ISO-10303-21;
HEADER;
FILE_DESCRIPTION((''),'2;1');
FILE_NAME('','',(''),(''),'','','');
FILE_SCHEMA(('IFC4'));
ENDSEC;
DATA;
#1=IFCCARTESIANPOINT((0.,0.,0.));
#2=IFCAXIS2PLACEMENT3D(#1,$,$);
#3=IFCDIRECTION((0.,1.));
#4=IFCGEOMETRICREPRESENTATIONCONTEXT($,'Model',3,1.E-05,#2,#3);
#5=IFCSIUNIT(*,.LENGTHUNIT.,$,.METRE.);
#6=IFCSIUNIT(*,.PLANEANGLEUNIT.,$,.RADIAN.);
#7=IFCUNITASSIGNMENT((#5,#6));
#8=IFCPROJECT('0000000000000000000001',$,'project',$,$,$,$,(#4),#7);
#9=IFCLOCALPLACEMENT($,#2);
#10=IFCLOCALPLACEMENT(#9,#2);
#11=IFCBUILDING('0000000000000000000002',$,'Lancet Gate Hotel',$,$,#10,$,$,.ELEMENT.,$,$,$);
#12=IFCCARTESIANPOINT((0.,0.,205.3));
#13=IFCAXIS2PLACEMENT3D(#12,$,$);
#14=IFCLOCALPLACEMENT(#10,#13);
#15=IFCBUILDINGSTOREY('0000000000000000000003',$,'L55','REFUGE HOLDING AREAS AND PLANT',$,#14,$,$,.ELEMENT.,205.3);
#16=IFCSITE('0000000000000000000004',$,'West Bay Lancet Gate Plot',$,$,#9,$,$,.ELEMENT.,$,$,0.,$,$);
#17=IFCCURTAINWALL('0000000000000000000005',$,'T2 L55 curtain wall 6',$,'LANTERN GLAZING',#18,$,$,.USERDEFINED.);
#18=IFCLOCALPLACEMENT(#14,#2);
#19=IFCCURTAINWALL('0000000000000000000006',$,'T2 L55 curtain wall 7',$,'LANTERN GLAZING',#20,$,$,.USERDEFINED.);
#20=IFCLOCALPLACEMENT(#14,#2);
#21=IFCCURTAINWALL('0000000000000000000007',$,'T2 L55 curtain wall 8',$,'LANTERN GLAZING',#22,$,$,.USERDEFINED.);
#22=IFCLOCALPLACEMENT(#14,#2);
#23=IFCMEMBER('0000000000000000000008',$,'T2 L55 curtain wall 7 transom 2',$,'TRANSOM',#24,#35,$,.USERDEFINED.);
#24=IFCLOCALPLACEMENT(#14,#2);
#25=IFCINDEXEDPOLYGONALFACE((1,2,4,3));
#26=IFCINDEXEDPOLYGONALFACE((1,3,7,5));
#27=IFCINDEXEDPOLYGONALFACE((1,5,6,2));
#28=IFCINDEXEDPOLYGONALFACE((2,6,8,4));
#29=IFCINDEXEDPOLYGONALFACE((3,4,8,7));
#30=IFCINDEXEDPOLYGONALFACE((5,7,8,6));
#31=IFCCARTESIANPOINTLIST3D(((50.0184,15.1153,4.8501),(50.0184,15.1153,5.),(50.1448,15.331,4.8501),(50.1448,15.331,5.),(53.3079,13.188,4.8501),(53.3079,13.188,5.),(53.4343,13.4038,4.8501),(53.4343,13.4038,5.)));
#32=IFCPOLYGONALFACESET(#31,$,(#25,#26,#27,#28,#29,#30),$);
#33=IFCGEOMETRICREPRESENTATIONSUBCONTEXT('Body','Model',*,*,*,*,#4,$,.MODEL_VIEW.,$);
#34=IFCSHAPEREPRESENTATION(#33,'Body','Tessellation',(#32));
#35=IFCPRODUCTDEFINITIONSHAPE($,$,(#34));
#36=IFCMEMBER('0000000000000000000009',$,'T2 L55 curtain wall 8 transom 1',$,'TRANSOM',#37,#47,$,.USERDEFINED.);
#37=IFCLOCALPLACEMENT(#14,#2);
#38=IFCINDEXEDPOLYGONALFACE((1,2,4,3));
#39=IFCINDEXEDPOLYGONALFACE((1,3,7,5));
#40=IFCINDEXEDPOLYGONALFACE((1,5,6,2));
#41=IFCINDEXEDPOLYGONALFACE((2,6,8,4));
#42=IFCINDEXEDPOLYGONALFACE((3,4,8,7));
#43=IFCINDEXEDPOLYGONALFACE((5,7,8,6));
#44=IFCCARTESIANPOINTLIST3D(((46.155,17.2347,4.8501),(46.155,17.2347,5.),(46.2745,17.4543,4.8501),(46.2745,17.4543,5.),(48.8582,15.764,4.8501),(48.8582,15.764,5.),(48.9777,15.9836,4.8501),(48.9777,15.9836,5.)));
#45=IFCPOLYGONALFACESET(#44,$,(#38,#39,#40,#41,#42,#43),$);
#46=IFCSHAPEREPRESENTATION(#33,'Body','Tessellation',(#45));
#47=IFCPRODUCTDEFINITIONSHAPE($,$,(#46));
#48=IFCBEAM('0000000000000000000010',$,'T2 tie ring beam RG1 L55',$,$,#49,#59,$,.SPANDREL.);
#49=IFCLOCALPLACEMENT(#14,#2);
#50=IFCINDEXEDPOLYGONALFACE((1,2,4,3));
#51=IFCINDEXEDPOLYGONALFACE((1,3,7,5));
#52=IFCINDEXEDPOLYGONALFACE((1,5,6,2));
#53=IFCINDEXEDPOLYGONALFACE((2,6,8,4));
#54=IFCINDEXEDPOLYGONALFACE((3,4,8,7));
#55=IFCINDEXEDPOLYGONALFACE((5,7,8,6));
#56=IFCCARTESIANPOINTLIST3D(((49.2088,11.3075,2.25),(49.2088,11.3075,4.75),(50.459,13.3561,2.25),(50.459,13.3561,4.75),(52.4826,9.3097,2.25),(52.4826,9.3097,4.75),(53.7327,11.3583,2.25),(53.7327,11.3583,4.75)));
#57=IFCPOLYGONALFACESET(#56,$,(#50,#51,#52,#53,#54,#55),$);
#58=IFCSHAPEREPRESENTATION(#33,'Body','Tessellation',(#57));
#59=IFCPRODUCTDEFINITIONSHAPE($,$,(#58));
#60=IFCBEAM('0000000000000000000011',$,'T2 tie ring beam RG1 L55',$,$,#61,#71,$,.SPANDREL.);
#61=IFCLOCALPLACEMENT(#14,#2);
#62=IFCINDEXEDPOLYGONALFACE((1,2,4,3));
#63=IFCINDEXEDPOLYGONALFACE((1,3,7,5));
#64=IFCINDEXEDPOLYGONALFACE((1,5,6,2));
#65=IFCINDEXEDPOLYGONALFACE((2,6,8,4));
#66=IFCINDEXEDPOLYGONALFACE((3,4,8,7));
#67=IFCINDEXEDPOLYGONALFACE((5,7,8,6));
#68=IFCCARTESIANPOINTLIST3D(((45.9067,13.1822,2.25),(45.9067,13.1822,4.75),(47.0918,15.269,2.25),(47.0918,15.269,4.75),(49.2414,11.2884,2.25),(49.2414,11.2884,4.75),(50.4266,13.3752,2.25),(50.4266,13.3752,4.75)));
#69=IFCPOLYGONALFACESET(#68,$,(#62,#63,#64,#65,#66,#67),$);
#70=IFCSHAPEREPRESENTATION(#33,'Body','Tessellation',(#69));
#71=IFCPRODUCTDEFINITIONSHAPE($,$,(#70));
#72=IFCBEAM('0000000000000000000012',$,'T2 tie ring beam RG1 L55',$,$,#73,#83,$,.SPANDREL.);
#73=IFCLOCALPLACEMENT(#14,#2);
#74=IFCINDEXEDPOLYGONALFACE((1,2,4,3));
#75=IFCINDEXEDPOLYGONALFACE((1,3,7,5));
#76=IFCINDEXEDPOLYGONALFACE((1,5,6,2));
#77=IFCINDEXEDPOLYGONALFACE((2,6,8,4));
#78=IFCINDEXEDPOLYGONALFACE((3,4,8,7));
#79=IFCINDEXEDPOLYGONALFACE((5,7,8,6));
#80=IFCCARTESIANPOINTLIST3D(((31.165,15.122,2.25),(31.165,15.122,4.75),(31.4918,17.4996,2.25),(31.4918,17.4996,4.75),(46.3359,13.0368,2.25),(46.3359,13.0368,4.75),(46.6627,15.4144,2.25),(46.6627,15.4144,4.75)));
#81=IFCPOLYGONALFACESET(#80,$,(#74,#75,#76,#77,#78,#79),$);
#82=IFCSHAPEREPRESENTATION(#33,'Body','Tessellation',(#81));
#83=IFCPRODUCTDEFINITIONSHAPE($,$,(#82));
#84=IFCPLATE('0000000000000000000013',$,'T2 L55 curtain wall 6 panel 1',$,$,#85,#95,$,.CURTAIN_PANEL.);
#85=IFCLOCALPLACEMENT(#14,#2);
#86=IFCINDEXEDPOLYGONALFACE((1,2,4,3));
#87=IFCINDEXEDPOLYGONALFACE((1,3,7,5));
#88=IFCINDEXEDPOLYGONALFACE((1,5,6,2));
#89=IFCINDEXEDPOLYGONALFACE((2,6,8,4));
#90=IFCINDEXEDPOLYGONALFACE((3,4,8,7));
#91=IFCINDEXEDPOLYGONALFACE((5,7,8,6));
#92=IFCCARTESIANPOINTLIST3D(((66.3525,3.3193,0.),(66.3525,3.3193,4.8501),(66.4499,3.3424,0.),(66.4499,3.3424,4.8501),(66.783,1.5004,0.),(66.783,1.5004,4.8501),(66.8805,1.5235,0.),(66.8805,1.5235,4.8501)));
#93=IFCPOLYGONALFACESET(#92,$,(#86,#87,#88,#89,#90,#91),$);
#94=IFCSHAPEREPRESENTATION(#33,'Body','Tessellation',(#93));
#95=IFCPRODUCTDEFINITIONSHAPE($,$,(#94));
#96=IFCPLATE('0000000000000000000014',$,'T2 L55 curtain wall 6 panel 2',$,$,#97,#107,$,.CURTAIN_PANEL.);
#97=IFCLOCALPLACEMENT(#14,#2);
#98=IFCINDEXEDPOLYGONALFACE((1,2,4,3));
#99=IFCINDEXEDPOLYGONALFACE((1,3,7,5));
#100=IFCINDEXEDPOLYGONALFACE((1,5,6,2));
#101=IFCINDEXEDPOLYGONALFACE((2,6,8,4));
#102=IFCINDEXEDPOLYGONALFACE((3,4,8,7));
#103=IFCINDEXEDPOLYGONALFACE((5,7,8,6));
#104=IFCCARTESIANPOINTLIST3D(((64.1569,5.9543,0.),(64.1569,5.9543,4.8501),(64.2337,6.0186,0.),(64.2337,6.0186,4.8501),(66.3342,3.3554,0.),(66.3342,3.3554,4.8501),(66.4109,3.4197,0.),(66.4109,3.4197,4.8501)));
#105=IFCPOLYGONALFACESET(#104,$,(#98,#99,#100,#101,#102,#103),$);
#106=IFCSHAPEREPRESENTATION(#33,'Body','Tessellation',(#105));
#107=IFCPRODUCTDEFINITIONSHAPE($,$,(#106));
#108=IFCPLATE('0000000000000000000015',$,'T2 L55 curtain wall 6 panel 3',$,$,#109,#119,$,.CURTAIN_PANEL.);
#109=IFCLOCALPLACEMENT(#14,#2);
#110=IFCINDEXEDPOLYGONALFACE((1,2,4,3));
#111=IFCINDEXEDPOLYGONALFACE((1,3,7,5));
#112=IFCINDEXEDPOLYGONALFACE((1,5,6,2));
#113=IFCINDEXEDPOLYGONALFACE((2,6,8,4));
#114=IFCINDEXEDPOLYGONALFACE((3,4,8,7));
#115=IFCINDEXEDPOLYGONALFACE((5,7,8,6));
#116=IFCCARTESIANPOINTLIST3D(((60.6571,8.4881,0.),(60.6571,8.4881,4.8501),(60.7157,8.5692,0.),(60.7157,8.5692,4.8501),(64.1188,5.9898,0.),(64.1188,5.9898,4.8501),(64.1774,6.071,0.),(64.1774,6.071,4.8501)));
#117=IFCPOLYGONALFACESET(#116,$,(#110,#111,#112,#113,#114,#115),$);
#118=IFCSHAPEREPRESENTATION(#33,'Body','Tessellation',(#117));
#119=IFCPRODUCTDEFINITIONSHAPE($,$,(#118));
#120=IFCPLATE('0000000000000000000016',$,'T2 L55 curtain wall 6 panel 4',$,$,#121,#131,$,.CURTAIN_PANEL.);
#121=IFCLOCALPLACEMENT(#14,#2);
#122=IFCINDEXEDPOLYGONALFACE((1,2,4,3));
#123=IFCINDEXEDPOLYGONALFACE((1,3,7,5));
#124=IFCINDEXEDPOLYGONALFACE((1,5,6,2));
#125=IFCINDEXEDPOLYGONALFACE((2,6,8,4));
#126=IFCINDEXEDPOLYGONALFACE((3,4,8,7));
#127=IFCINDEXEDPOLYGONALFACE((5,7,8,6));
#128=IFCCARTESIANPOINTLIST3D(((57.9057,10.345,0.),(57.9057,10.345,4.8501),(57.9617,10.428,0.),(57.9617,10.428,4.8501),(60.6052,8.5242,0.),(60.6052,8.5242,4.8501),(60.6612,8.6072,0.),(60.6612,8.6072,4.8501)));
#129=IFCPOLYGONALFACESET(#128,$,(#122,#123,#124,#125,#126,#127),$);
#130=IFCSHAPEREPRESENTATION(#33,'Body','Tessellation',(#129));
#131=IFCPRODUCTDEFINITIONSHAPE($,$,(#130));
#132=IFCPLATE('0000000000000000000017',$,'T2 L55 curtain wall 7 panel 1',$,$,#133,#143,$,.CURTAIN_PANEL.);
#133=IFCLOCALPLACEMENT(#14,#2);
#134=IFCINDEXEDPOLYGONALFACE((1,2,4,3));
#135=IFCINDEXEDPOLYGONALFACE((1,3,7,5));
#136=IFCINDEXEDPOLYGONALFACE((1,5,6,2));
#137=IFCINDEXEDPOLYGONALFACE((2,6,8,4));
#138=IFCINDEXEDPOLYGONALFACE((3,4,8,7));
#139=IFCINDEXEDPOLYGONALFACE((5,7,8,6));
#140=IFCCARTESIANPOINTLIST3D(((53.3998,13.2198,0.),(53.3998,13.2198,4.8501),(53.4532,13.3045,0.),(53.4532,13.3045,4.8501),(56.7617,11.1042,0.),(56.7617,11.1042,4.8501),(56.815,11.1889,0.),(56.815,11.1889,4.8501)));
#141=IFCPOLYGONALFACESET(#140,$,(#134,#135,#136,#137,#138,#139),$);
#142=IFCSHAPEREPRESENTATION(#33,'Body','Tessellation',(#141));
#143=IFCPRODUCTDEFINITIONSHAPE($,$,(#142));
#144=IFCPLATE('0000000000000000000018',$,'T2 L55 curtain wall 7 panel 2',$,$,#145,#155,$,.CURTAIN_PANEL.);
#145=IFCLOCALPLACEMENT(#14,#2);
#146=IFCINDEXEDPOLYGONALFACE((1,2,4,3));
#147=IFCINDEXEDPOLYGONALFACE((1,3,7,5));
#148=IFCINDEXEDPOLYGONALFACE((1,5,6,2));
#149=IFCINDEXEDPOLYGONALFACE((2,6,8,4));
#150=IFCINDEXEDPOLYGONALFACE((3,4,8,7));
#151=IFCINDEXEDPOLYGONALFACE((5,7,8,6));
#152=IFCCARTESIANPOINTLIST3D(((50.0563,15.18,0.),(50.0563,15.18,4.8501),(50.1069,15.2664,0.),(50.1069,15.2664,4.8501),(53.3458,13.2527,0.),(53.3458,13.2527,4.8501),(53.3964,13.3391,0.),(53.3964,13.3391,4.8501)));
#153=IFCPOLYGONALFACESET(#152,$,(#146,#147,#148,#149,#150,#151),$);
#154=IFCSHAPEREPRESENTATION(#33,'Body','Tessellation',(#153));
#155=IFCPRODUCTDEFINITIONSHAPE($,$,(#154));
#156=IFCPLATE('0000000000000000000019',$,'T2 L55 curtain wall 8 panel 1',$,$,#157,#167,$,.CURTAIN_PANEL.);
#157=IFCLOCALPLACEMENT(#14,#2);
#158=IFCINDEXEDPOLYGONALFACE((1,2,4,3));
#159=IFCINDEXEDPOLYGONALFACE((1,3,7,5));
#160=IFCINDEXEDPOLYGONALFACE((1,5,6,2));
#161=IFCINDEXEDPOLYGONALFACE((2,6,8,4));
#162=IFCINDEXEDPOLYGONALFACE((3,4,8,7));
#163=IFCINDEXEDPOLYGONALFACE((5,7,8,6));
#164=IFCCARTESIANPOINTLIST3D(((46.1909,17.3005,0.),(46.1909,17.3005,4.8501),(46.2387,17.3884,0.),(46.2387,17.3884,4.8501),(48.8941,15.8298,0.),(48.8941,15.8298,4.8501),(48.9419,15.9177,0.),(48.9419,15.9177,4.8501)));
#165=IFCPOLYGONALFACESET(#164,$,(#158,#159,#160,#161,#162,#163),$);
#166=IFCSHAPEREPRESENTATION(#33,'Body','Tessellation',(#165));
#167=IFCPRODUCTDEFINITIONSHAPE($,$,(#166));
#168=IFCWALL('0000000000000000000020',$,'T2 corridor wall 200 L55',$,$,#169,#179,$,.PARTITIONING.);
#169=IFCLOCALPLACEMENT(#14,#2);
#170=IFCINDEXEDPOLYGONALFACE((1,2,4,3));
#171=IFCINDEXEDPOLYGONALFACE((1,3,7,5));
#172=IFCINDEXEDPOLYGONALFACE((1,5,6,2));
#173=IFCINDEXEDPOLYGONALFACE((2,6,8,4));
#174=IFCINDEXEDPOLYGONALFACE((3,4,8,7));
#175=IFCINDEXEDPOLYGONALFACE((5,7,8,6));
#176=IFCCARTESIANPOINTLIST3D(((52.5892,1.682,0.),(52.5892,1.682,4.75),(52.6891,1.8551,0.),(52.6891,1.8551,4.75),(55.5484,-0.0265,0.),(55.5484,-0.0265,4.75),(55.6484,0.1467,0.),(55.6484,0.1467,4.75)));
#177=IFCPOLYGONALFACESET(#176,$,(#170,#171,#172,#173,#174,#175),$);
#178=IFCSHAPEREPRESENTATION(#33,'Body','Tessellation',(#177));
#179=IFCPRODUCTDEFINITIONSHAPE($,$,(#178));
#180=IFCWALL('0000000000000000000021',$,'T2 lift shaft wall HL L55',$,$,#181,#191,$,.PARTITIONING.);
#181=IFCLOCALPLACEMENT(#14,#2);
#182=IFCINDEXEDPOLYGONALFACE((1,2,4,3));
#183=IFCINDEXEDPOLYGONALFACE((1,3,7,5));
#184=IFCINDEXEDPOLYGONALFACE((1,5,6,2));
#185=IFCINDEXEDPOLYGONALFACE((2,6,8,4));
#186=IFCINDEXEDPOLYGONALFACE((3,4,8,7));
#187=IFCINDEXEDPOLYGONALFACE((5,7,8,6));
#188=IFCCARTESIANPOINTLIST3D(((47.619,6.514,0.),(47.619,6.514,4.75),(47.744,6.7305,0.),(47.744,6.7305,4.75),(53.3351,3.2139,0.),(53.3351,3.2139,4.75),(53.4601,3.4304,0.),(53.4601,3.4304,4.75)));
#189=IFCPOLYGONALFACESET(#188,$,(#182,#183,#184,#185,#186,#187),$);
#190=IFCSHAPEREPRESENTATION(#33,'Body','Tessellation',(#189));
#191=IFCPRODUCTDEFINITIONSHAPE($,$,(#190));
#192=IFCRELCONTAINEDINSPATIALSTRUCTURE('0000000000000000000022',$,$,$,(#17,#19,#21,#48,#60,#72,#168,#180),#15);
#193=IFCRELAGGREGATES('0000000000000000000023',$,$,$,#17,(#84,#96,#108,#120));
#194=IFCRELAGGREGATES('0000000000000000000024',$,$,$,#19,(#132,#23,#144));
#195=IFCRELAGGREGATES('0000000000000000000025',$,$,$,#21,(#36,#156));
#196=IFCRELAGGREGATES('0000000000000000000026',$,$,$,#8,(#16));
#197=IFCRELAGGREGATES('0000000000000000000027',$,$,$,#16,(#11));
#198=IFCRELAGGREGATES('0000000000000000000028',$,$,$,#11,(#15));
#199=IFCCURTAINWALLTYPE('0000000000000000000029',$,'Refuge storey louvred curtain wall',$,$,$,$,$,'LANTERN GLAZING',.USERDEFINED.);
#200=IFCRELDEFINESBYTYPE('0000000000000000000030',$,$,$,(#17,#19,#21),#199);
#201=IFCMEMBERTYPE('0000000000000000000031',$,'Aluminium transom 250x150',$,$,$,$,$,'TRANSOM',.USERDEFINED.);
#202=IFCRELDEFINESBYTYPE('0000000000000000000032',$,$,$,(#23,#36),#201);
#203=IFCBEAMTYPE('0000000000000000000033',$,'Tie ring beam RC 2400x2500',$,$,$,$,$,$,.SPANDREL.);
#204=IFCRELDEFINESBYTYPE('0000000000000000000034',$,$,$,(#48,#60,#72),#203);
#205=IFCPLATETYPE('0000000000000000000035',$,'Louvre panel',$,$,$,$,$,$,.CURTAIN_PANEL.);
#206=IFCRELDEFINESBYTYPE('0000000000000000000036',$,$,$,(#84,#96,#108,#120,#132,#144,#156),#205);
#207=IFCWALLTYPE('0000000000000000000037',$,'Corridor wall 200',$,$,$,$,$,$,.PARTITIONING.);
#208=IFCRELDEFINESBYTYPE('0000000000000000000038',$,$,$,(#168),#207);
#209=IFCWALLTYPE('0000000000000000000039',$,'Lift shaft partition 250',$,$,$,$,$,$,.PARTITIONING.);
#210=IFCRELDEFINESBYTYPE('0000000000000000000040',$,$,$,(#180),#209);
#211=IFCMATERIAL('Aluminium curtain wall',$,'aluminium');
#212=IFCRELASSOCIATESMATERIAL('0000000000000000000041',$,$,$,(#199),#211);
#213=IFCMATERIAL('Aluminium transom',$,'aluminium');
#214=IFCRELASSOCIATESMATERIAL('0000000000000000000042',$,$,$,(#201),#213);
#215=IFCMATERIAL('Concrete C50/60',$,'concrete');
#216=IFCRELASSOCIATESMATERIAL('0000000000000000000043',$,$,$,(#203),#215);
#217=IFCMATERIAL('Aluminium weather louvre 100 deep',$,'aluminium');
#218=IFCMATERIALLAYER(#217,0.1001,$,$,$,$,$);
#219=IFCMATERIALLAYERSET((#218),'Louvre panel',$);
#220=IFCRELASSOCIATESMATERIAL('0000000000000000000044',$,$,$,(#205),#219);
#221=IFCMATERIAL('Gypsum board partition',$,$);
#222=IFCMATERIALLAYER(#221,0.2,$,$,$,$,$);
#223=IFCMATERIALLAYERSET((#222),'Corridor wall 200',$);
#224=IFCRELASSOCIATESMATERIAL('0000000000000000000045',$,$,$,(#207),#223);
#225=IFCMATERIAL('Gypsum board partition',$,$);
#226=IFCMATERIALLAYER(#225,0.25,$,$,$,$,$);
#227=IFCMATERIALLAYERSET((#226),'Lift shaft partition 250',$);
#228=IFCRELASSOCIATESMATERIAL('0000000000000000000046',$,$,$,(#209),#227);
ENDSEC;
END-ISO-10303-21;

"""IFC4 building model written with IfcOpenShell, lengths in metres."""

from ifc_helpers import new_model, si_unit, direction, frame, frame_2d, origin, origin_2d, place, context, subcontext, project, spatial, rectangle, extrude, material, layer, layer_set, material_profile, profile_set, type_object, element, aggregate, save


model = new_model("IFC4")

# Units and contexts
model_context = context("Model", 3, precision=1e-05, world=origin(), true_north=direction((0.0, 1.0)))
body_context = subcontext(model_context, "Body", "Model", "MODEL_VIEW")
ifc_project = project(units=[si_unit("LENGTHUNIT", "METRE"), si_unit("PLANEANGLEUNIT", "RADIAN")], contexts=[model_context])

# Site, building, storey
site_placement = place(None, origin())
site = spatial("IfcSite", under=ifc_project, at=site_placement, Name="West Bay Lancet Gate Plot", CompositionType="ELEMENT", RefElevation=0.0)
building_placement = place(site_placement, origin())
building = spatial("IfcBuilding", under=site, at=building_placement, Name="Lancet Gate Hotel", CompositionType="ELEMENT")
storey_placement = place(building_placement, frame((0.0, 0.0, 205.3)))
storey = spatial("IfcBuildingStorey", under=building, at=storey_placement, Name="L55", Description="REFUGE HOLDING AREAS AND PLANT", CompositionType="ELEMENT", Elevation=205.3)

# Curtain walls
ifc_material_1 = material(Name="Aluminium curtain wall", Category="aluminium")
curtain_wall_type = type_object("IfcCurtainWallType", Name="Refuge storey louvred curtain wall", ElementType="LANTERN GLAZING", PredefinedType="USERDEFINED", material=ifc_material_1)
curtain_wall_1_placement = place(storey_placement, origin())
curtain_wall_1 = element("IfcCurtainWall", 1, at=curtain_wall_1_placement, inside=storey, type_object=curtain_wall_type, Name="T2 L55 curtain wall 6", ObjectType="LANTERN GLAZING", PredefinedType="USERDEFINED")
curtain_wall_2_placement = place(storey_placement, origin())
curtain_wall_2 = element("IfcCurtainWall", 2, at=curtain_wall_2_placement, inside=storey, type_object=curtain_wall_type, Name="T2 L55 curtain wall 7", ObjectType="LANTERN GLAZING", PredefinedType="USERDEFINED")
curtain_wall_3_placement = place(storey_placement, origin())
curtain_wall_3 = element("IfcCurtainWall", 3, at=curtain_wall_3_placement, inside=storey, type_object=curtain_wall_type, Name="T2 L55 curtain wall 8", ObjectType="LANTERN GLAZING", PredefinedType="USERDEFINED")

# Members
ifc_material_2 = material(Name="Aluminium transom", Category="aluminium")
ifc_material_profile_1 = material_profile(ifc_material_2, rectangle(XDim=0.25, YDim=0.1499, at=origin_2d()), Name="TRANSOM 250x150")
ifc_profile_set_1 = profile_set([ifc_material_profile_1], Name="Aluminium transom")
member_type_1 = type_object("IfcMemberType", Name="Aluminium transom 250x150", ElementType="TRANSOM", PredefinedType="USERDEFINED", material=ifc_profile_set_1)
member_1_placement = place(storey_placement, frame((53.3711, 13.2959, 4.925), z_axis=(-0.862825, 0.505503, 0.0), x_axis=(-0.505503, -0.862825, 0.0)))
member_1 = element("IfcMember", 4, at=member_1_placement, type_object=member_type_1, Name="T2 L55 curtain wall 7 transom 2", ObjectType="TRANSOM", PredefinedType="USERDEFINED", context=body_context, shape_type="SweptSolid", body=[
    extrude(rectangle(XDim=0.25, YDim=0.1499, at=origin_2d()), origin(), (0.0, 0.0, 1.0), 3.8125),
])
member_2_placement = place(storey_placement, frame((48.918, 15.8738, 4.925), z_axis=(-0.878404, 0.477918, 0.0), x_axis=(-0.477918, -0.878404, 0.0)))
member_2 = element("IfcMember", 5, at=member_2_placement, type_object=member_type_1, Name="T2 L55 curtain wall 8 transom 1", ObjectType="TRANSOM", PredefinedType="USERDEFINED", context=body_context, shape_type="SweptSolid", body=[
    extrude(rectangle(XDim=0.25, YDim=0.1499, at=origin_2d()), origin(), (0.0, 0.0, 1.0), 3.0774),
])

# Beams
ifc_material_3 = material(Name="Concrete C50/60", Category="concrete")
ifc_material_profile_2 = material_profile(ifc_material_3, rectangle(XDim=2.3999, YDim=2.5, at=origin_2d()), Name="RC 2400x2500")
ifc_profile_set_2 = profile_set([ifc_material_profile_2], Name="Concrete C50/60")
beam_type = type_object("IfcBeamType", Name="Tie ring beam RC 2400x2500", PredefinedType="SPANDREL", material=ifc_profile_set_2)
beam_1_placement = place(storey_placement, frame((53.1077, 10.334, 3.5), z_axis=(-0.853604, 0.520922, 0.0), x_axis=(-0.520922, -0.853604, 0.0)))
element("IfcBeam", 6, at=beam_1_placement, inside=storey, type_object=beam_type, Name="T2 tie ring beam RG1 L55", PredefinedType="SPANDREL", context=body_context, shape_type="SweptSolid", body=[
    extrude(rectangle(XDim=2.3999, YDim=2.5, at=origin_2d()), origin(), (0.0, 0.0, 1.0), 3.8352),
])
beam_2_placement = place(storey_placement, frame((49.834, 12.3318, 3.5), z_axis=(-0.86956, 0.493827, 0.0), x_axis=(-0.493827, -0.86956, 0.0)))
element("IfcBeam", 7, at=beam_2_placement, inside=storey, type_object=beam_type, Name="T2 tie ring beam RG1 L55", PredefinedType="SPANDREL", context=body_context, shape_type="SweptSolid", body=[
    extrude(rectangle(XDim=2.3999, YDim=2.5, at=origin_2d()), origin(), (0.0, 0.0, 1.0), 3.835),
])
beam_3_placement = place(storey_placement, frame((46.4993, 14.2256, 3.5), z_axis=(-0.990686, 0.136167, 0.0), x_axis=(-0.136167, -0.990686, 0.0)))
element("IfcBeam", 8, at=beam_3_placement, inside=storey, type_object=beam_type, Name="T2 tie ring beam RG1 L55", PredefinedType="SPANDREL", context=body_context, shape_type="SweptSolid", body=[
    extrude(rectangle(XDim=2.3999, YDim=2.5, at=origin_2d()), origin(), (0.0, 0.0, 1.0), 15.3135),
])

# Plates
ifc_material_4 = material(Name="Aluminium weather louvre 100 deep", Category="aluminium")
ifc_layer_1 = layer(ifc_material_4, 0.1001)
ifc_layer_set_1 = layer_set([ifc_layer_1], Name="Louvre panel")
plate_type = type_object("IfcPlateType", Name="Louvre panel", PredefinedType="CURTAIN_PANEL", material=ifc_layer_set_1)
plate_1_placement = place(storey_placement, frame((66.6165, 2.4214, 0.0), z_axis=(0.0, 0.0, 1.0), x_axis=(-0.230367, 0.973104, 0.0)))
plate_1 = element("IfcPlate", 9, at=plate_1_placement, type_object=plate_type, Name="T2 L55 curtain wall 6 panel 1", PredefinedType="CURTAIN_PANEL", context=body_context, shape_type="SweptSolid", body=[
    extrude(rectangle(XDim=1.8691, YDim=0.1001, at=origin_2d()), origin(), (0.0, 0.0, 1.0), 4.8501),
])
plate_2_placement = place(storey_placement, frame((65.2839, 4.687, 0.0), z_axis=(0.0, 0.0, 1.0), x_axis=(-0.642199, 0.766538, 0.0)))
plate_2 = element("IfcPlate", 10, at=plate_2_placement, type_object=plate_type, Name="T2 L55 curtain wall 6 panel 2", PredefinedType="CURTAIN_PANEL", context=body_context, shape_type="SweptSolid", body=[
    extrude(rectangle(XDim=3.3904, YDim=0.1001, at=origin_2d()), origin(), (0.0, 0.0, 1.0), 4.8501),
])
plate_3_placement = place(storey_placement, frame((62.4172, 7.2795, 0.0), z_axis=(0.0, 0.0, 1.0), x_axis=(-0.810891, 0.585197, 0.0)))
plate_3 = element("IfcPlate", 11, at=plate_3_placement, type_object=plate_type, Name="T2 L55 curtain wall 6 panel 3", PredefinedType="CURTAIN_PANEL", context=body_context, shape_type="SweptSolid", body=[
    extrude(rectangle(XDim=4.269, YDim=0.1001, at=origin_2d()), origin(), (0.0, 0.0, 1.0), 4.8501),
])
plate_4_placement = place(storey_placement, frame((59.2834, 9.4761, 0.0), z_axis=(0.0, 0.0, 1.0), x_axis=(-0.829039, 0.559191, 0.0)))
plate_4 = element("IfcPlate", 12, at=plate_4_placement, type_object=plate_type, Name="T2 L55 curtain wall 6 panel 4", PredefinedType="CURTAIN_PANEL", context=body_context, shape_type="SweptSolid", body=[
    extrude(rectangle(XDim=3.2561, YDim=0.1001, at=origin_2d()), origin(), (0.0, 0.0, 1.0), 4.8501),
])
aggregate(curtain_wall_1, [plate_1, plate_2, plate_3, plate_4])
plate_5_placement = place(storey_placement, frame((55.1074, 12.2043, 0.0), z_axis=(0.0, 0.0, 1.0), x_axis=(-0.846352, 0.532623, 0.0)))
plate_5 = element("IfcPlate", 13, at=plate_5_placement, type_object=plate_type, Name="T2 L55 curtain wall 7 panel 1", PredefinedType="CURTAIN_PANEL", context=body_context, shape_type="SweptSolid", body=[
    extrude(rectangle(XDim=3.9722, YDim=0.1001, at=origin_2d()), origin(), (0.0, 0.0, 1.0), 4.8501),
])
plate_6_placement = place(storey_placement, frame((51.7263, 14.2595, 0.0), z_axis=(0.0, 0.0, 1.0), x_axis=(-0.862815, 0.50552, 0.0)))
plate_6 = element("IfcPlate", 14, at=plate_6_placement, type_object=plate_type, Name="T2 L55 curtain wall 7 panel 2", PredefinedType="CURTAIN_PANEL", context=body_context, shape_type="SweptSolid", body=[
    extrude(rectangle(XDim=3.8125, YDim=0.1001, at=origin_2d()), origin(), (0.0, 0.0, 1.0), 4.8501),
])
aggregate(curtain_wall_2, [plate_5, member_1, plate_6])
plate_7_placement = place(storey_placement, frame((47.5664, 16.6091, 0.0), z_axis=(0.0, 0.0, 1.0), x_axis=(-0.87841, 0.477908, 0.0)))
plate_7 = element("IfcPlate", 15, at=plate_7_placement, type_object=plate_type, Name="T2 L55 curtain wall 8 panel 1", PredefinedType="CURTAIN_PANEL", context=body_context, shape_type="SweptSolid", body=[
    extrude(rectangle(XDim=3.0774, YDim=0.1001, at=origin_2d()), origin(), (0.0, 0.0, 1.0), 4.8501),
])
aggregate(curtain_wall_3, [member_2, plate_7])

# Walls
ifc_material_5 = material(Name="Gypsum board partition")
ifc_layer_2 = layer(ifc_material_5, 0.2)
ifc_layer_set_2 = layer_set([ifc_layer_2], Name="Corridor wall 200")
wall_type_1 = type_object("IfcWallType", Name="Corridor wall 200", PredefinedType="PARTITIONING", material=ifc_layer_set_2)
wall_1_placement = place(storey_placement, frame((52.6392, 1.7686, 0.0), z_axis=(0.0, 0.0, 1.0), x_axis=(0.866027, -0.499997, 0.0)))
element("IfcWall", 16, at=wall_1_placement, inside=storey, type_object=wall_type_1, Name="T2 corridor wall 200 L55", PredefinedType="PARTITIONING", context=body_context, shape_type="SweptSolid", body=[
    extrude(rectangle(XDim=3.417, YDim=0.2, at=frame_2d((1.7085, 0.0))), origin(), (0.0, 0.0, 1.0), 4.75),
])
ifc_material_6 = material(Name="Gypsum board partition")
ifc_layer_3 = layer(ifc_material_6, 0.25)
ifc_layer_set_3 = layer_set([ifc_layer_3], Name="Lift shaft partition 250")
wall_type_2 = type_object("IfcWallType", Name="Lift shaft partition 250", PredefinedType="PARTITIONING", material=ifc_layer_set_3)
for number, where, z_axis, x_axis, name in (
    (17, (47.6814, 6.6223, 0.0), (0.0, 0.0, 1.0), (0.866033, -0.499986, 0.0), "T2 lift shaft wall HL L55"),
):
    element("IfcWall", number, at=place(storey_placement, frame(where, z_axis=z_axis, x_axis=x_axis)), inside=storey, type_object=wall_type_2, Name=name, PredefinedType="PARTITIONING", context=body_context, shape_type="SweptSolid", body=[
        extrude(rectangle(XDim=6.6003, YDim=0.25, at=frame_2d((3.3003, 0.0))), origin(), (0.0, 0.0, 1.0), 4.75),
    ])

save(model, "model.ifc")
